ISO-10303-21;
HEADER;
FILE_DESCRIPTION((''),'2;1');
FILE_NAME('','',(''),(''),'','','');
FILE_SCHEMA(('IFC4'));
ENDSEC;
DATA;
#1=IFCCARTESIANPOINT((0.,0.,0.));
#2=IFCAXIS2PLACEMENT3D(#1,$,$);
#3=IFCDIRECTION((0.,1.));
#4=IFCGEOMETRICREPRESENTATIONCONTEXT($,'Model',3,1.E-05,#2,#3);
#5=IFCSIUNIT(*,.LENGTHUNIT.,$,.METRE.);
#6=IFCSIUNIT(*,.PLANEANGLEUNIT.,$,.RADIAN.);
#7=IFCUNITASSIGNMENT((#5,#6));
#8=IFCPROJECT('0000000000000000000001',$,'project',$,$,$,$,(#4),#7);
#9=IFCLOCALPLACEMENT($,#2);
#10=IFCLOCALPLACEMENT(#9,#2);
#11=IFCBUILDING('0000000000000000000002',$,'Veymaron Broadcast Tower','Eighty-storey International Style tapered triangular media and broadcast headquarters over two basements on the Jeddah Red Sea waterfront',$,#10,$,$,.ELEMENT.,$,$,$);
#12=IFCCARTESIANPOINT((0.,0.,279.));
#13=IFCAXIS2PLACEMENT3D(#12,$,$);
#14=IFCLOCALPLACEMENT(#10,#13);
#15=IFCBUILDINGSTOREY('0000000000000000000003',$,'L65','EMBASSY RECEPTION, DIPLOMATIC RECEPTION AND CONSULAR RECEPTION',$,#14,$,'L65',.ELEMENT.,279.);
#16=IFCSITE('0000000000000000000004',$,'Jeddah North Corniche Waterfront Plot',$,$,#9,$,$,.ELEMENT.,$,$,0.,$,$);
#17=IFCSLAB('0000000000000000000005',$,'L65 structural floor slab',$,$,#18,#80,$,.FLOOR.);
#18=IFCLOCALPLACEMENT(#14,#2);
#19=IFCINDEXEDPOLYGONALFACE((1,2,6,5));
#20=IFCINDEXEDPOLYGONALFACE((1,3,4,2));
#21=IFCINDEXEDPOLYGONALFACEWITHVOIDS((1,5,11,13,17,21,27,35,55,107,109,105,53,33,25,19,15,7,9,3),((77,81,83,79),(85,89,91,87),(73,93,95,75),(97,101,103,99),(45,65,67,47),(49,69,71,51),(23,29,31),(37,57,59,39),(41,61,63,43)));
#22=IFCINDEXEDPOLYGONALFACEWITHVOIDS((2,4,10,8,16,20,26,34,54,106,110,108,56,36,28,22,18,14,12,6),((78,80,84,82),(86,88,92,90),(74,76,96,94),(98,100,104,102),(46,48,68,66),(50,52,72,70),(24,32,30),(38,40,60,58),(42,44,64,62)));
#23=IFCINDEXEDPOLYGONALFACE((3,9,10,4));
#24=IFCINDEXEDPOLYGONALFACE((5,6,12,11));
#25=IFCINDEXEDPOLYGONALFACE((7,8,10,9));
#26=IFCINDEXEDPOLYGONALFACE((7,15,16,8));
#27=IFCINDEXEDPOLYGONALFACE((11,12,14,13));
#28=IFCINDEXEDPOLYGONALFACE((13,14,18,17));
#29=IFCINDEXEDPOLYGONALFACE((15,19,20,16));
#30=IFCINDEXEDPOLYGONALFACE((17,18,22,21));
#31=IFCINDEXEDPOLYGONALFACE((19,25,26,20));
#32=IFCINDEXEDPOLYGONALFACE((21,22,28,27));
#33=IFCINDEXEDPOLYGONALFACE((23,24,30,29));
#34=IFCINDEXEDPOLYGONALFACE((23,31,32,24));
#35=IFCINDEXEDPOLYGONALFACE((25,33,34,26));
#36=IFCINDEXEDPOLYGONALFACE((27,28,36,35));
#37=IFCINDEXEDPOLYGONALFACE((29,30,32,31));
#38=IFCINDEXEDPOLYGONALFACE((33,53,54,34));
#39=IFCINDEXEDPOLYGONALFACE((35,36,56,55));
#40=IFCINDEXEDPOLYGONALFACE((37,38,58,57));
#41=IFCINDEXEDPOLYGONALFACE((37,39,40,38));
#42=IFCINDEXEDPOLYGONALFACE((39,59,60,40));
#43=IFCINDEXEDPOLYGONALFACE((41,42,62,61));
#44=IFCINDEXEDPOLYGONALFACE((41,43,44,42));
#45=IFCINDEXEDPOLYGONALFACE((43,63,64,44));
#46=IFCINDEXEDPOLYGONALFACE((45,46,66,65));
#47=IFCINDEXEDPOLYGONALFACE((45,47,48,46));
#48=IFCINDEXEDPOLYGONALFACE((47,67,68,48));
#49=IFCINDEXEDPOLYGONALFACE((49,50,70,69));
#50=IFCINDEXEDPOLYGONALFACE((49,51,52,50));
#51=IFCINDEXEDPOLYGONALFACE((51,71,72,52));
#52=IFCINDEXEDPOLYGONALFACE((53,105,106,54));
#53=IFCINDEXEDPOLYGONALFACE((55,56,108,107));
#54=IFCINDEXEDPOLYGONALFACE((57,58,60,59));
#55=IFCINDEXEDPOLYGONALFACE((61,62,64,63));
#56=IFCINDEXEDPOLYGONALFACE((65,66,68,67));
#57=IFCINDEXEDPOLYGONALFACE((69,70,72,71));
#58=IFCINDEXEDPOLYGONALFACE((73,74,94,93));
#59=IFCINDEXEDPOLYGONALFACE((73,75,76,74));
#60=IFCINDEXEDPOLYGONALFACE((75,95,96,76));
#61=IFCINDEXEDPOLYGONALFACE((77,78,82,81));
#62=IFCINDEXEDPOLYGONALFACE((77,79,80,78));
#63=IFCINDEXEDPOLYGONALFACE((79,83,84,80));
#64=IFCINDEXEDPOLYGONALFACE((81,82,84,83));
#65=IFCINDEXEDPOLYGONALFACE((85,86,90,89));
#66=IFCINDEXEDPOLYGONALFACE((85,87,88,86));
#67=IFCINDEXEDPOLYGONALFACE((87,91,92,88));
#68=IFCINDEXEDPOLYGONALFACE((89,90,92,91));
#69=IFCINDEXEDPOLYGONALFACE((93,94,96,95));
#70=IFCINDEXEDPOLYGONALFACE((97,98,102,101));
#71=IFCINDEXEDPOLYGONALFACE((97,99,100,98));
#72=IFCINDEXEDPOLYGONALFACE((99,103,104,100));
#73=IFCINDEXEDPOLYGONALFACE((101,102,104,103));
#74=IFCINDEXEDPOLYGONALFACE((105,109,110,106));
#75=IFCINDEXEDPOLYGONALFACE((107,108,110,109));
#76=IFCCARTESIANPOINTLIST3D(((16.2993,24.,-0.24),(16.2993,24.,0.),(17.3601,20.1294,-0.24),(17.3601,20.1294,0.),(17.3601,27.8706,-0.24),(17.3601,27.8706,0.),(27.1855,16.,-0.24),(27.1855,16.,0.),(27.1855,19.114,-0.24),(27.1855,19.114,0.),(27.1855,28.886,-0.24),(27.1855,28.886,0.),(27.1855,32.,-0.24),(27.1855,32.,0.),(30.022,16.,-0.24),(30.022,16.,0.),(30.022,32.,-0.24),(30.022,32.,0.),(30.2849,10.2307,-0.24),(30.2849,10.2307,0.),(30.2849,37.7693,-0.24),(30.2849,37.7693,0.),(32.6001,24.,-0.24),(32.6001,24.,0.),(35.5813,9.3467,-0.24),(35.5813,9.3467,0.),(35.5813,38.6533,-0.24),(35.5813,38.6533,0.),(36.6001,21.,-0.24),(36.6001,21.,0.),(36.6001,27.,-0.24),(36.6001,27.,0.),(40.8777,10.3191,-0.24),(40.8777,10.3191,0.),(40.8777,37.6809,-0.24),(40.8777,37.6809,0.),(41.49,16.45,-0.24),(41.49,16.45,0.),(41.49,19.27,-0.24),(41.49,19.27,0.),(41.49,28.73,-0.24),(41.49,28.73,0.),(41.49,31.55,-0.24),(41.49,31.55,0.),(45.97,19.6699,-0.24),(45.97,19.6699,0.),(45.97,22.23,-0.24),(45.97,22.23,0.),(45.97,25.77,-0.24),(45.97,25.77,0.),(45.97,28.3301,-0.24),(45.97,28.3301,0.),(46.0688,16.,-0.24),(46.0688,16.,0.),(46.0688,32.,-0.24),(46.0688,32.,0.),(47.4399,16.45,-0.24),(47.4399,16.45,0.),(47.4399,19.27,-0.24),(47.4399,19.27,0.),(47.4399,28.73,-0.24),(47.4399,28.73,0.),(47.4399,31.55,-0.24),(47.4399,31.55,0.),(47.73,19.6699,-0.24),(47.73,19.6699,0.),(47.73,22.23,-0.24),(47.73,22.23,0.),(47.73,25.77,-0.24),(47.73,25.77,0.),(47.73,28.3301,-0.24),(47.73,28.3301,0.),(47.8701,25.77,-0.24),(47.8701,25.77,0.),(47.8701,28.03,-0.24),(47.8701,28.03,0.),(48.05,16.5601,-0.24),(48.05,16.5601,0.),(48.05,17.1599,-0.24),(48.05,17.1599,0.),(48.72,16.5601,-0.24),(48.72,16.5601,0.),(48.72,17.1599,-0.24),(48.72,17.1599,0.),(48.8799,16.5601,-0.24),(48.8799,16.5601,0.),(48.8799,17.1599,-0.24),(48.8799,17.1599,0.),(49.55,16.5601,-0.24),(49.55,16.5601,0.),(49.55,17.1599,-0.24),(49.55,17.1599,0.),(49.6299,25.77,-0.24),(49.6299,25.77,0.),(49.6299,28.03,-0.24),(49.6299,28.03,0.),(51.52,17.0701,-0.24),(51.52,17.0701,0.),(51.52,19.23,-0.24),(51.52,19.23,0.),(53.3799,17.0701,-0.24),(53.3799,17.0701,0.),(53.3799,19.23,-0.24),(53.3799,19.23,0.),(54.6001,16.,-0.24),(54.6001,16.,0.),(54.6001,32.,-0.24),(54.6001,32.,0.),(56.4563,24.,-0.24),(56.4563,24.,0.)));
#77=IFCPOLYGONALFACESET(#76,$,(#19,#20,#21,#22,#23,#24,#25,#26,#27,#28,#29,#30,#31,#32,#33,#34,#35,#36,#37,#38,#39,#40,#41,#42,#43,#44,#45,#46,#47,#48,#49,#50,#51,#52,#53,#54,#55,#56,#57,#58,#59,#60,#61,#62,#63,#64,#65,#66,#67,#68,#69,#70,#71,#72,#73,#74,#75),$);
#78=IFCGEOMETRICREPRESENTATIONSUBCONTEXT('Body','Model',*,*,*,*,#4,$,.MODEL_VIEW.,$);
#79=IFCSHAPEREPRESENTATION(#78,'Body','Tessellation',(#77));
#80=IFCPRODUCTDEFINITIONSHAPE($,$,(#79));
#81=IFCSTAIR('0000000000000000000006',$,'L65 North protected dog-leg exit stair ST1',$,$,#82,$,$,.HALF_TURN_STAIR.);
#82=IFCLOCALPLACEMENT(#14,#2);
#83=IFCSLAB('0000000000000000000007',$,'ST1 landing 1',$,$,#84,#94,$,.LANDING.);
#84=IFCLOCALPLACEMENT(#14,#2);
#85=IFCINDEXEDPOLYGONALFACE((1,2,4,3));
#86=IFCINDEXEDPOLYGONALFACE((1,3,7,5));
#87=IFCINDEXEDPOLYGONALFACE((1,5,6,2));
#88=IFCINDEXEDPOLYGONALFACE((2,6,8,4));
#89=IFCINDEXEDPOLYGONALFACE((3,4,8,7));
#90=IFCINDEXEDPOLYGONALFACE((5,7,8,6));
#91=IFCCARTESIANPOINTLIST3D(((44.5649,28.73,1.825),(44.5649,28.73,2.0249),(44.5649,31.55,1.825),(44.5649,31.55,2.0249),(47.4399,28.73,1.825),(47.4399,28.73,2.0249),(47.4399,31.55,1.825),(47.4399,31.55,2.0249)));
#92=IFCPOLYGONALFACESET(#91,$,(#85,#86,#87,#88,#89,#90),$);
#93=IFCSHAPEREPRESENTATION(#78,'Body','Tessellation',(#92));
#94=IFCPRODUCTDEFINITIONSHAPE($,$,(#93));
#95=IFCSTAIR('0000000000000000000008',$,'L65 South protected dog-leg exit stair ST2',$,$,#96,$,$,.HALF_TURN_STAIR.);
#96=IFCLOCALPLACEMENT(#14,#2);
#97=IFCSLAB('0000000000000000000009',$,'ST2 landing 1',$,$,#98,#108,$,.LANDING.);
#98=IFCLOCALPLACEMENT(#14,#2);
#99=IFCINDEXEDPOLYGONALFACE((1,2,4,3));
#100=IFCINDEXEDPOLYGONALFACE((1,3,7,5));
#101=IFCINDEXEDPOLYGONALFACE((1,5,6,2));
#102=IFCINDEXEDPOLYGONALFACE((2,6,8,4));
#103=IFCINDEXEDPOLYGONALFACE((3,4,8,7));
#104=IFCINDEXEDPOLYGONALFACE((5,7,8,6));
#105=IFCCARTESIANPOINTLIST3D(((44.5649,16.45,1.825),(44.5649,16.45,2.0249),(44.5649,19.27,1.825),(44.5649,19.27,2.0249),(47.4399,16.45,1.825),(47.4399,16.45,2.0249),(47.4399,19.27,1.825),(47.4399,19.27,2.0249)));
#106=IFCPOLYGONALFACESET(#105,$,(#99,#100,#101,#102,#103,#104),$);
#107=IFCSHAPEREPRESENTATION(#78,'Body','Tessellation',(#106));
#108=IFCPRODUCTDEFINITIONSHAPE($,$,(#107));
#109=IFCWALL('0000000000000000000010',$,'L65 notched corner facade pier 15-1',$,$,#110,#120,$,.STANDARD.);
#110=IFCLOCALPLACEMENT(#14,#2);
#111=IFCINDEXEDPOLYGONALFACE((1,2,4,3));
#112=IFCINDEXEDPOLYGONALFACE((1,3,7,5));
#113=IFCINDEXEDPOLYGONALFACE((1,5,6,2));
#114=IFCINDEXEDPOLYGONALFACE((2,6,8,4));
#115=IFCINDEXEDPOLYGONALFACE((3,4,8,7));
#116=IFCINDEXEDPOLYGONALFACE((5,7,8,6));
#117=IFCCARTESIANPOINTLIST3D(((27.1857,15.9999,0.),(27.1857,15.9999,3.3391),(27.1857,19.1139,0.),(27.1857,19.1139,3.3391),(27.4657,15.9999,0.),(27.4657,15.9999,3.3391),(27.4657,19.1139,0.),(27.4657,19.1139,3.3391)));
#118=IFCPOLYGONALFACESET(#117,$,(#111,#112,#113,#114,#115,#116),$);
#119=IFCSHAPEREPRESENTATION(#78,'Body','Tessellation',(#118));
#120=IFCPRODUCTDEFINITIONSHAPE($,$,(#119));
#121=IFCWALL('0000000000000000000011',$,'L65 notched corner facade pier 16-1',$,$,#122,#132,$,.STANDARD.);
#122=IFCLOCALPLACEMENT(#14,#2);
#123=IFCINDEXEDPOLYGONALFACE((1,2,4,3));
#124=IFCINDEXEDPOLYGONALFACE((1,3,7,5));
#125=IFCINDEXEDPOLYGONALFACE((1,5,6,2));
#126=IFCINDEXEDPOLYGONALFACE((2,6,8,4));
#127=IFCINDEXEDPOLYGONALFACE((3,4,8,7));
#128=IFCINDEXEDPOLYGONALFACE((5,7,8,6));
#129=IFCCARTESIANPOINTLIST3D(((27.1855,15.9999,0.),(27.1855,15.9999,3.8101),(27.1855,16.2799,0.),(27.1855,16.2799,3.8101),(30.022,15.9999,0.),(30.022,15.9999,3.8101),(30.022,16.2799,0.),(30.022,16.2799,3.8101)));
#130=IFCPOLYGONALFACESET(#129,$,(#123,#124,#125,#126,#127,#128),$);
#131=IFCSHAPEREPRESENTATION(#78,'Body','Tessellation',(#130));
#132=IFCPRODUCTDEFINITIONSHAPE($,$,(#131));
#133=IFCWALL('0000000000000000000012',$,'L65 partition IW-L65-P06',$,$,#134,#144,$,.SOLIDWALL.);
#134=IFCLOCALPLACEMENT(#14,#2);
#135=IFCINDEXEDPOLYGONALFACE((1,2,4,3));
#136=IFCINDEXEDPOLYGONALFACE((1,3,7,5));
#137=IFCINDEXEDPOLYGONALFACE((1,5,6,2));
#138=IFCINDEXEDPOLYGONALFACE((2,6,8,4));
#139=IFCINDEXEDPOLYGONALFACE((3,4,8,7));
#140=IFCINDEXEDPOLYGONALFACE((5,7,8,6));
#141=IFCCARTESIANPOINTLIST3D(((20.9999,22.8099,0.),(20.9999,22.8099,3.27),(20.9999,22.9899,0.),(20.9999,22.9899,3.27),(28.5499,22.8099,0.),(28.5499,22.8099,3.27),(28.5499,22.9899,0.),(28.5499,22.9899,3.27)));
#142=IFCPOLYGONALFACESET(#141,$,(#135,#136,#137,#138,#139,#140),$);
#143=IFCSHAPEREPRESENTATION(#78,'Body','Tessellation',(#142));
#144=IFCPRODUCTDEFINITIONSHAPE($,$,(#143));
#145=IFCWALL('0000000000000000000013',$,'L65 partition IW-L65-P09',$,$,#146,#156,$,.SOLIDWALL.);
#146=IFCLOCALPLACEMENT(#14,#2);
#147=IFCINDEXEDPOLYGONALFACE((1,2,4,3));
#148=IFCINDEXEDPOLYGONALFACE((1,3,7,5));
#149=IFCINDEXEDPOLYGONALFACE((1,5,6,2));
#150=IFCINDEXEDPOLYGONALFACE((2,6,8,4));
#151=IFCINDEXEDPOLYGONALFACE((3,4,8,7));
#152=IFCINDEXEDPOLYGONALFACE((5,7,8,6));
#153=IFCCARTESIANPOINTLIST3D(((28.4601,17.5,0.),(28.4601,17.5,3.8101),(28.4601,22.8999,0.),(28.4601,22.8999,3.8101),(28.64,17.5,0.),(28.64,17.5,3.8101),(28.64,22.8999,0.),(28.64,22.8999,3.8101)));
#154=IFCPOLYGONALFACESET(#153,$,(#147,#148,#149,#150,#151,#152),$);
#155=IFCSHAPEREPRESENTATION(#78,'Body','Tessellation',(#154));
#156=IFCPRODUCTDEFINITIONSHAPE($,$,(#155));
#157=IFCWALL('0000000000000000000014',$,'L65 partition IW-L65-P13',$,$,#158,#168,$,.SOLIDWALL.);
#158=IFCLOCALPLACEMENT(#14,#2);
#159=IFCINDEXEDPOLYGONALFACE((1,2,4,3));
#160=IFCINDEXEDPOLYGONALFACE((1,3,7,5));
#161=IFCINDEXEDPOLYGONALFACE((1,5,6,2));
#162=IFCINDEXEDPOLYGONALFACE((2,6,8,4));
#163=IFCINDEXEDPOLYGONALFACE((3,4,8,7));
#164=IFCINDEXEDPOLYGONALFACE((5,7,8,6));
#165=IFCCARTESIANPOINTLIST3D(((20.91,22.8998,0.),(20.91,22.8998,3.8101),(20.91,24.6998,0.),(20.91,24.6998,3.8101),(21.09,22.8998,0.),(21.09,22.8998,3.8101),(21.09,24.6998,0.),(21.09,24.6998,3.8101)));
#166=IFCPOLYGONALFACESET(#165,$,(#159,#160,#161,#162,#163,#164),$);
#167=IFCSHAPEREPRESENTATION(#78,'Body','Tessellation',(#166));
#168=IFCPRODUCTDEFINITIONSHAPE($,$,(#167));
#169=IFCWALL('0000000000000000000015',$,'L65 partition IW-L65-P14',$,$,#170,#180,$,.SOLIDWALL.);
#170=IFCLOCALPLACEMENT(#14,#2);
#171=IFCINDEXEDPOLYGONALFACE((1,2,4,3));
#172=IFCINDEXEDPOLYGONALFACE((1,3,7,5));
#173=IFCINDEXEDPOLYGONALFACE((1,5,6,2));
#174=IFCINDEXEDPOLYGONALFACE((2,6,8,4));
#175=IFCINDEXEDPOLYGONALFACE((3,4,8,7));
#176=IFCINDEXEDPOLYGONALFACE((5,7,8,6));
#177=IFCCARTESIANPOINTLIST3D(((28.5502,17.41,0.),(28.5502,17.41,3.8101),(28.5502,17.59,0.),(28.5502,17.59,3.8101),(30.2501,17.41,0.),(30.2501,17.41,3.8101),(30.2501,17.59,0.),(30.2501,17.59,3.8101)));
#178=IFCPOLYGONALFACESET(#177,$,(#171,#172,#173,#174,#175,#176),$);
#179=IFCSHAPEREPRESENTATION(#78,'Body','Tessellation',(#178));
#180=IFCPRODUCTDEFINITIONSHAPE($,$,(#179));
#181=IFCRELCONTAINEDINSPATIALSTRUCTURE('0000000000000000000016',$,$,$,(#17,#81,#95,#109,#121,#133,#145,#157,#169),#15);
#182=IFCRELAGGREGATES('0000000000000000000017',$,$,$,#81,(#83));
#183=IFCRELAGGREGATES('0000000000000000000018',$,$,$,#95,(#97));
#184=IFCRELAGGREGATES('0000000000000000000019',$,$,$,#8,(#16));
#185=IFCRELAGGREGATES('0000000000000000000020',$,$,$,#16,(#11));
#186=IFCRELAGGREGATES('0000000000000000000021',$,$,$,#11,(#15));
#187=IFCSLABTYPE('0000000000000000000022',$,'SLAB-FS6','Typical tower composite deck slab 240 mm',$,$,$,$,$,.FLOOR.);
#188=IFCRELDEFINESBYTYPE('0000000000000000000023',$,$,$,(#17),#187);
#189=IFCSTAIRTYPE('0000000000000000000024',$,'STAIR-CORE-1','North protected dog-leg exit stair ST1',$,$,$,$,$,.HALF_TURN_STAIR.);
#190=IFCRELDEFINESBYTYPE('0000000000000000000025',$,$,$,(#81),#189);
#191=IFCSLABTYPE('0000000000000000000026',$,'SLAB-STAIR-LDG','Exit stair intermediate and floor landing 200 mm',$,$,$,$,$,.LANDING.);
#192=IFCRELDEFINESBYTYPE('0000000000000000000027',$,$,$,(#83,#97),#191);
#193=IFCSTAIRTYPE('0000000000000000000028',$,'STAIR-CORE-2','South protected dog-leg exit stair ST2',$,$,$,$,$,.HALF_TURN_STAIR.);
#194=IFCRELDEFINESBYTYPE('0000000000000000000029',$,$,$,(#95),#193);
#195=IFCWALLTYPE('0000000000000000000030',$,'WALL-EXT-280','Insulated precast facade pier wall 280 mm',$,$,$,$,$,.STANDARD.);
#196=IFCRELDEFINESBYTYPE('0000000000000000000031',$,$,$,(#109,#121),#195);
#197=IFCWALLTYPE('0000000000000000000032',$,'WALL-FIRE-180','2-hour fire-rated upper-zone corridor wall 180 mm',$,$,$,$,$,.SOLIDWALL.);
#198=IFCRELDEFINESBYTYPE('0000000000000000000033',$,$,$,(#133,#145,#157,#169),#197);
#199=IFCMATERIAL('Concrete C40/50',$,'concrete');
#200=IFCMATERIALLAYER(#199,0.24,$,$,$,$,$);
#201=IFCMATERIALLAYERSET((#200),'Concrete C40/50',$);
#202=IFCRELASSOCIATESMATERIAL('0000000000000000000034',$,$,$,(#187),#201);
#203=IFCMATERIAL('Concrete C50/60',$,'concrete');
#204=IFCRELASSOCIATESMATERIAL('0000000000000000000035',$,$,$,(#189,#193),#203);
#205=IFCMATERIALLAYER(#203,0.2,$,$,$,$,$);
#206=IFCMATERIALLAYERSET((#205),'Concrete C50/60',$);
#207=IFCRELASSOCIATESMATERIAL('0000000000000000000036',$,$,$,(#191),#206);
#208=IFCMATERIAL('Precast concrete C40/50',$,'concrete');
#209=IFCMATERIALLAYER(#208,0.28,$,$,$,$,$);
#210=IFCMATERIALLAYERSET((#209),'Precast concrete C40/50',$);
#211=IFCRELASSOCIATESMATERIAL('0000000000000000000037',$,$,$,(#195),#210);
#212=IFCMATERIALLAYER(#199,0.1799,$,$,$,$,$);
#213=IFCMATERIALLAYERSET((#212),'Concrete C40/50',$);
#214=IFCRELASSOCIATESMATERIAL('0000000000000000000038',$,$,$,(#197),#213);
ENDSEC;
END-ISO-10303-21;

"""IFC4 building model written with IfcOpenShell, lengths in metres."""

from ifc_helpers import new_model, si_unit, direction, frame, frame_2d, origin, place, context, subcontext, project, spatial, polyline, rectangle, outline, extrude, material, layer, layer_set, type_object, element, aggregate, save


model = new_model("IFC4")

# Units and contexts
model_context = context("Model", 3, precision=1e-05, world=origin(), true_north=direction((0.0, 1.0)))
body_context = subcontext(model_context, "Body", "Model", "MODEL_VIEW")
ifc_project = project(units=[si_unit("LENGTHUNIT", "METRE"), si_unit("PLANEANGLEUNIT", "RADIAN")], contexts=[model_context])

# Site, building, storey
site_placement = place(None, origin())
site = spatial("IfcSite", under=ifc_project, at=site_placement, Name="Jeddah North Corniche Waterfront Plot", CompositionType="ELEMENT", RefElevation=0.0)
building_placement = place(site_placement, origin())
building = spatial("IfcBuilding", under=site, at=building_placement, Name="Veymaron Broadcast Tower", Description="Eighty-storey International Style tapered triangular media and broadcast headquarters over two basements on the Jeddah Red Sea waterfront", CompositionType="ELEMENT")
storey_placement = place(building_placement, frame((0.0, 0.0, 279.0)))
storey = spatial("IfcBuildingStorey", under=building, at=storey_placement, Name="L65", Description="EMBASSY RECEPTION, DIPLOMATIC RECEPTION AND CONSULAR RECEPTION", LongName="L65", CompositionType="ELEMENT", Elevation=279.0)

# Slab
ifc_material_1 = material(Name="Concrete C40/50", Category="concrete")
ifc_layer_1 = layer(ifc_material_1, 0.24)
ifc_layer_set_1 = layer_set([ifc_layer_1], Name="Concrete C40/50")
slab_type_1 = type_object("IfcSlabType", Name="SLAB-FS6", Description="Typical tower composite deck slab 240 mm", PredefinedType="FLOOR", material=ifc_layer_set_1)
slab_1_placement = place(storey_placement, frame((0.0, 0.0, -0.24)))
element("IfcSlab", 1, at=slab_1_placement, inside=storey, type_object=slab_type_1, Name="L65 structural floor slab", PredefinedType="FLOOR", context=body_context, shape_type="SweptSolid", body=[
    extrude(outline(polyline([(46.0688, 16.0), (54.6001, 16.0), (56.4563, 24.0), (54.6001, 32.0), (46.0688, 32.0), (40.8777, 37.6809), (35.5813, 38.6533), (30.2849, 37.7693), (30.022, 32.0), (27.1855, 32.0), (27.1855, 28.886), (17.3601, 27.8706), (16.2993, 24.0), (17.3601, 20.1294), (27.1855, 19.114), (27.1855, 16.0), (30.022, 16.0), (30.2849, 10.2307), (35.5813, 9.3467), (40.8777, 10.3191), (46.0688, 16.0)]), holes=[polyline([(45.97, 28.3301), (47.73, 28.3301), (47.73, 25.77), (45.97, 25.77), (45.97, 28.3301)]), polyline([(45.97, 22.23), (47.73, 22.23), (47.73, 19.6699), (45.97, 19.6699), (45.97, 22.23)]), polyline([(47.8701, 28.03), (49.6299, 28.03), (49.6299, 25.77), (47.8701, 25.77), (47.8701, 28.03)]), polyline([(51.52, 19.23), (53.3799, 19.23), (53.3799, 17.0701), (51.52, 17.0701), (51.52, 19.23)]), polyline([(48.05, 17.1599), (48.72, 17.1599), (48.72, 16.5601), (48.05, 16.5601), (48.05, 17.1599)]), polyline([(48.8799, 17.1599), (49.55, 17.1599), (49.55, 16.5601), (48.8799, 16.5601), (48.8799, 17.1599)]), polyline([(36.6001, 27.0), (36.6001, 21.0), (32.6001, 24.0), (36.6001, 27.0)]), polyline([(41.49, 31.55), (47.4399, 31.55), (47.4399, 28.73), (41.49, 28.73), (41.49, 31.55)]), polyline([(41.49, 19.27), (47.4399, 19.27), (47.4399, 16.45), (41.49, 16.45), (41.49, 19.27)])]), origin(), (0.0, 0.0, 1.0), 0.24),
])

# Stairs, slabs
ifc_material_2 = material(Name="Concrete C50/60", Category="concrete")
stair_type_1 = type_object("IfcStairType", Name="STAIR-CORE-1", Description="North protected dog-leg exit stair ST1", PredefinedType="HALF_TURN_STAIR", material=ifc_material_2)
stair_1_placement = place(storey_placement, origin())
stair_1 = element("IfcStair", 2, at=stair_1_placement, inside=storey, type_object=stair_type_1, Name="L65 North protected dog-leg exit stair ST1", PredefinedType="HALF_TURN_STAIR")
ifc_layer_2 = layer(ifc_material_2, 0.2)
ifc_layer_set_2 = layer_set([ifc_layer_2], Name="Concrete C50/60")
slab_type_2 = type_object("IfcSlabType", Name="SLAB-STAIR-LDG", Description="Exit stair intermediate and floor landing 200 mm", PredefinedType="LANDING", material=ifc_layer_set_2)
slab_2_placement = place(storey_placement, frame((0.0, 0.0, 1.825)))
slab_2 = element("IfcSlab", 3, at=slab_2_placement, type_object=slab_type_2, Name="ST1 landing 1", PredefinedType="LANDING", context=body_context, shape_type="SweptSolid", body=[
    extrude(outline(polyline([(44.5649, 28.73), (47.4399, 28.73), (47.4399, 31.55), (44.5649, 31.55), (44.5649, 28.73)])), origin(), (0.0, 0.0, 1.0), 0.2),
])
aggregate(stair_1, [slab_2])
stair_type_2 = type_object("IfcStairType", Name="STAIR-CORE-2", Description="South protected dog-leg exit stair ST2", PredefinedType="HALF_TURN_STAIR", material=ifc_material_2)
stair_2_placement = place(storey_placement, origin())
stair_2 = element("IfcStair", 4, at=stair_2_placement, inside=storey, type_object=stair_type_2, Name="L65 South protected dog-leg exit stair ST2", PredefinedType="HALF_TURN_STAIR")
slab_3_placement = place(storey_placement, frame((0.0, 0.0, 1.825)))
slab_3 = element("IfcSlab", 5, at=slab_3_placement, type_object=slab_type_2, Name="ST2 landing 1", PredefinedType="LANDING", context=body_context, shape_type="SweptSolid", body=[
    extrude(outline(polyline([(44.5649, 16.45), (47.4399, 16.45), (47.4399, 19.27), (44.5649, 19.27), (44.5649, 16.45)])), origin(), (0.0, 0.0, 1.0), 0.2),
])
aggregate(stair_2, [slab_3])

# Walls
ifc_material_3 = material(Name="Precast concrete C40/50", Category="concrete")
ifc_layer_3 = layer(ifc_material_3, 0.28)
ifc_layer_set_3 = layer_set([ifc_layer_3], Name="Precast concrete C40/50")
wall_type_1 = type_object("IfcWallType", Name="WALL-EXT-280", Description="Insulated precast facade pier wall 280 mm", PredefinedType="STANDARD", material=ifc_layer_set_3)
wall_1_placement = place(storey_placement, frame((27.3257, 19.114, 0.0), z_axis=(0.0, 0.0, 1.0), x_axis=(0.0, -1.0, 0.0)))
element("IfcWall", 6, at=wall_1_placement, inside=storey, type_object=wall_type_1, Name="L65 notched corner facade pier 15-1", PredefinedType="STANDARD", context=body_context, shape_type="SweptSolid", body=[
    extrude(rectangle(XDim=3.114, YDim=0.28, at=frame_2d((1.5571, 0.0))), origin(), (0.0, 0.0, 1.0), 3.3391),
])
wall_2_placement = place(storey_placement, frame((27.1855, 16.1399, 0.0), z_axis=(0.0, 0.0, 1.0), x_axis=(1.0, 0.0, 0.0)))
element("IfcWall", 7, at=wall_2_placement, inside=storey, type_object=wall_type_1, Name="L65 notched corner facade pier 16-1", PredefinedType="STANDARD", context=body_context, shape_type="SweptSolid", body=[
    extrude(rectangle(XDim=2.8364, YDim=0.28, at=frame_2d((1.4182, 0.0))), origin(), (0.0, 0.0, 1.0), 3.8101),
])
ifc_layer_4 = layer(ifc_material_1, 0.1799)
ifc_layer_set_4 = layer_set([ifc_layer_4], Name="Concrete C40/50")
wall_type_2 = type_object("IfcWallType", Name="WALL-FIRE-180", Description="2-hour fire-rated upper-zone corridor wall 180 mm", PredefinedType="SOLIDWALL", material=ifc_layer_set_4)
wall_3_placement = place(storey_placement, frame((21.0, 22.8999, 0.0), z_axis=(0.0, 0.0, 1.0), x_axis=(1.0, 0.0, 0.0)))
element("IfcWall", 8, at=wall_3_placement, inside=storey, type_object=wall_type_2, Name="L65 partition IW-L65-P06", PredefinedType="SOLIDWALL", context=body_context, shape_type="SweptSolid", body=[
    extrude(rectangle(XDim=7.55, YDim=0.1799, at=frame_2d((3.7749, 0.0))), origin(), (0.0, 0.0, 1.0), 3.27),
])
wall_4_placement = place(storey_placement, frame((28.55, 17.5, 0.0), z_axis=(0.0, 0.0, 1.0), x_axis=(0.0, 1.0, 0.0)))
element("IfcWall", 9, at=wall_4_placement, inside=storey, type_object=wall_type_2, Name="L65 partition IW-L65-P09", PredefinedType="SOLIDWALL", context=body_context, shape_type="SweptSolid", body=[
    extrude(rectangle(XDim=5.3999, YDim=0.1799, at=frame_2d((2.7, 0.0))), origin(), (0.0, 0.0, 1.0), 3.8101),
])
wall_5_placement = place(storey_placement, frame((21.0, 22.8999, 0.0), z_axis=(0.0, 0.0, 1.0), x_axis=(0.0, 1.0, 0.0)))
element("IfcWall", 10, at=wall_5_placement, inside=storey, type_object=wall_type_2, Name="L65 partition IW-L65-P13", PredefinedType="SOLIDWALL", context=body_context, shape_type="SweptSolid", body=[
    extrude(rectangle(XDim=1.8, YDim=0.1799, at=frame_2d((0.8999, 0.0))), origin(), (0.0, 0.0, 1.0), 3.8101),
])
wall_6_placement = place(storey_placement, frame((28.55, 17.5, 0.0), z_axis=(0.0, 0.0, 1.0), x_axis=(1.0, 0.0, 0.0)))
element("IfcWall", 11, at=wall_6_placement, inside=storey, type_object=wall_type_2, Name="L65 partition IW-L65-P14", PredefinedType="SOLIDWALL", context=body_context, shape_type="SweptSolid", body=[
    extrude(rectangle(XDim=1.7, YDim=0.1799, at=frame_2d((0.8501, 0.0))), origin(), (0.0, 0.0, 1.0), 3.8101),
])

save(model, "model.ifc")
